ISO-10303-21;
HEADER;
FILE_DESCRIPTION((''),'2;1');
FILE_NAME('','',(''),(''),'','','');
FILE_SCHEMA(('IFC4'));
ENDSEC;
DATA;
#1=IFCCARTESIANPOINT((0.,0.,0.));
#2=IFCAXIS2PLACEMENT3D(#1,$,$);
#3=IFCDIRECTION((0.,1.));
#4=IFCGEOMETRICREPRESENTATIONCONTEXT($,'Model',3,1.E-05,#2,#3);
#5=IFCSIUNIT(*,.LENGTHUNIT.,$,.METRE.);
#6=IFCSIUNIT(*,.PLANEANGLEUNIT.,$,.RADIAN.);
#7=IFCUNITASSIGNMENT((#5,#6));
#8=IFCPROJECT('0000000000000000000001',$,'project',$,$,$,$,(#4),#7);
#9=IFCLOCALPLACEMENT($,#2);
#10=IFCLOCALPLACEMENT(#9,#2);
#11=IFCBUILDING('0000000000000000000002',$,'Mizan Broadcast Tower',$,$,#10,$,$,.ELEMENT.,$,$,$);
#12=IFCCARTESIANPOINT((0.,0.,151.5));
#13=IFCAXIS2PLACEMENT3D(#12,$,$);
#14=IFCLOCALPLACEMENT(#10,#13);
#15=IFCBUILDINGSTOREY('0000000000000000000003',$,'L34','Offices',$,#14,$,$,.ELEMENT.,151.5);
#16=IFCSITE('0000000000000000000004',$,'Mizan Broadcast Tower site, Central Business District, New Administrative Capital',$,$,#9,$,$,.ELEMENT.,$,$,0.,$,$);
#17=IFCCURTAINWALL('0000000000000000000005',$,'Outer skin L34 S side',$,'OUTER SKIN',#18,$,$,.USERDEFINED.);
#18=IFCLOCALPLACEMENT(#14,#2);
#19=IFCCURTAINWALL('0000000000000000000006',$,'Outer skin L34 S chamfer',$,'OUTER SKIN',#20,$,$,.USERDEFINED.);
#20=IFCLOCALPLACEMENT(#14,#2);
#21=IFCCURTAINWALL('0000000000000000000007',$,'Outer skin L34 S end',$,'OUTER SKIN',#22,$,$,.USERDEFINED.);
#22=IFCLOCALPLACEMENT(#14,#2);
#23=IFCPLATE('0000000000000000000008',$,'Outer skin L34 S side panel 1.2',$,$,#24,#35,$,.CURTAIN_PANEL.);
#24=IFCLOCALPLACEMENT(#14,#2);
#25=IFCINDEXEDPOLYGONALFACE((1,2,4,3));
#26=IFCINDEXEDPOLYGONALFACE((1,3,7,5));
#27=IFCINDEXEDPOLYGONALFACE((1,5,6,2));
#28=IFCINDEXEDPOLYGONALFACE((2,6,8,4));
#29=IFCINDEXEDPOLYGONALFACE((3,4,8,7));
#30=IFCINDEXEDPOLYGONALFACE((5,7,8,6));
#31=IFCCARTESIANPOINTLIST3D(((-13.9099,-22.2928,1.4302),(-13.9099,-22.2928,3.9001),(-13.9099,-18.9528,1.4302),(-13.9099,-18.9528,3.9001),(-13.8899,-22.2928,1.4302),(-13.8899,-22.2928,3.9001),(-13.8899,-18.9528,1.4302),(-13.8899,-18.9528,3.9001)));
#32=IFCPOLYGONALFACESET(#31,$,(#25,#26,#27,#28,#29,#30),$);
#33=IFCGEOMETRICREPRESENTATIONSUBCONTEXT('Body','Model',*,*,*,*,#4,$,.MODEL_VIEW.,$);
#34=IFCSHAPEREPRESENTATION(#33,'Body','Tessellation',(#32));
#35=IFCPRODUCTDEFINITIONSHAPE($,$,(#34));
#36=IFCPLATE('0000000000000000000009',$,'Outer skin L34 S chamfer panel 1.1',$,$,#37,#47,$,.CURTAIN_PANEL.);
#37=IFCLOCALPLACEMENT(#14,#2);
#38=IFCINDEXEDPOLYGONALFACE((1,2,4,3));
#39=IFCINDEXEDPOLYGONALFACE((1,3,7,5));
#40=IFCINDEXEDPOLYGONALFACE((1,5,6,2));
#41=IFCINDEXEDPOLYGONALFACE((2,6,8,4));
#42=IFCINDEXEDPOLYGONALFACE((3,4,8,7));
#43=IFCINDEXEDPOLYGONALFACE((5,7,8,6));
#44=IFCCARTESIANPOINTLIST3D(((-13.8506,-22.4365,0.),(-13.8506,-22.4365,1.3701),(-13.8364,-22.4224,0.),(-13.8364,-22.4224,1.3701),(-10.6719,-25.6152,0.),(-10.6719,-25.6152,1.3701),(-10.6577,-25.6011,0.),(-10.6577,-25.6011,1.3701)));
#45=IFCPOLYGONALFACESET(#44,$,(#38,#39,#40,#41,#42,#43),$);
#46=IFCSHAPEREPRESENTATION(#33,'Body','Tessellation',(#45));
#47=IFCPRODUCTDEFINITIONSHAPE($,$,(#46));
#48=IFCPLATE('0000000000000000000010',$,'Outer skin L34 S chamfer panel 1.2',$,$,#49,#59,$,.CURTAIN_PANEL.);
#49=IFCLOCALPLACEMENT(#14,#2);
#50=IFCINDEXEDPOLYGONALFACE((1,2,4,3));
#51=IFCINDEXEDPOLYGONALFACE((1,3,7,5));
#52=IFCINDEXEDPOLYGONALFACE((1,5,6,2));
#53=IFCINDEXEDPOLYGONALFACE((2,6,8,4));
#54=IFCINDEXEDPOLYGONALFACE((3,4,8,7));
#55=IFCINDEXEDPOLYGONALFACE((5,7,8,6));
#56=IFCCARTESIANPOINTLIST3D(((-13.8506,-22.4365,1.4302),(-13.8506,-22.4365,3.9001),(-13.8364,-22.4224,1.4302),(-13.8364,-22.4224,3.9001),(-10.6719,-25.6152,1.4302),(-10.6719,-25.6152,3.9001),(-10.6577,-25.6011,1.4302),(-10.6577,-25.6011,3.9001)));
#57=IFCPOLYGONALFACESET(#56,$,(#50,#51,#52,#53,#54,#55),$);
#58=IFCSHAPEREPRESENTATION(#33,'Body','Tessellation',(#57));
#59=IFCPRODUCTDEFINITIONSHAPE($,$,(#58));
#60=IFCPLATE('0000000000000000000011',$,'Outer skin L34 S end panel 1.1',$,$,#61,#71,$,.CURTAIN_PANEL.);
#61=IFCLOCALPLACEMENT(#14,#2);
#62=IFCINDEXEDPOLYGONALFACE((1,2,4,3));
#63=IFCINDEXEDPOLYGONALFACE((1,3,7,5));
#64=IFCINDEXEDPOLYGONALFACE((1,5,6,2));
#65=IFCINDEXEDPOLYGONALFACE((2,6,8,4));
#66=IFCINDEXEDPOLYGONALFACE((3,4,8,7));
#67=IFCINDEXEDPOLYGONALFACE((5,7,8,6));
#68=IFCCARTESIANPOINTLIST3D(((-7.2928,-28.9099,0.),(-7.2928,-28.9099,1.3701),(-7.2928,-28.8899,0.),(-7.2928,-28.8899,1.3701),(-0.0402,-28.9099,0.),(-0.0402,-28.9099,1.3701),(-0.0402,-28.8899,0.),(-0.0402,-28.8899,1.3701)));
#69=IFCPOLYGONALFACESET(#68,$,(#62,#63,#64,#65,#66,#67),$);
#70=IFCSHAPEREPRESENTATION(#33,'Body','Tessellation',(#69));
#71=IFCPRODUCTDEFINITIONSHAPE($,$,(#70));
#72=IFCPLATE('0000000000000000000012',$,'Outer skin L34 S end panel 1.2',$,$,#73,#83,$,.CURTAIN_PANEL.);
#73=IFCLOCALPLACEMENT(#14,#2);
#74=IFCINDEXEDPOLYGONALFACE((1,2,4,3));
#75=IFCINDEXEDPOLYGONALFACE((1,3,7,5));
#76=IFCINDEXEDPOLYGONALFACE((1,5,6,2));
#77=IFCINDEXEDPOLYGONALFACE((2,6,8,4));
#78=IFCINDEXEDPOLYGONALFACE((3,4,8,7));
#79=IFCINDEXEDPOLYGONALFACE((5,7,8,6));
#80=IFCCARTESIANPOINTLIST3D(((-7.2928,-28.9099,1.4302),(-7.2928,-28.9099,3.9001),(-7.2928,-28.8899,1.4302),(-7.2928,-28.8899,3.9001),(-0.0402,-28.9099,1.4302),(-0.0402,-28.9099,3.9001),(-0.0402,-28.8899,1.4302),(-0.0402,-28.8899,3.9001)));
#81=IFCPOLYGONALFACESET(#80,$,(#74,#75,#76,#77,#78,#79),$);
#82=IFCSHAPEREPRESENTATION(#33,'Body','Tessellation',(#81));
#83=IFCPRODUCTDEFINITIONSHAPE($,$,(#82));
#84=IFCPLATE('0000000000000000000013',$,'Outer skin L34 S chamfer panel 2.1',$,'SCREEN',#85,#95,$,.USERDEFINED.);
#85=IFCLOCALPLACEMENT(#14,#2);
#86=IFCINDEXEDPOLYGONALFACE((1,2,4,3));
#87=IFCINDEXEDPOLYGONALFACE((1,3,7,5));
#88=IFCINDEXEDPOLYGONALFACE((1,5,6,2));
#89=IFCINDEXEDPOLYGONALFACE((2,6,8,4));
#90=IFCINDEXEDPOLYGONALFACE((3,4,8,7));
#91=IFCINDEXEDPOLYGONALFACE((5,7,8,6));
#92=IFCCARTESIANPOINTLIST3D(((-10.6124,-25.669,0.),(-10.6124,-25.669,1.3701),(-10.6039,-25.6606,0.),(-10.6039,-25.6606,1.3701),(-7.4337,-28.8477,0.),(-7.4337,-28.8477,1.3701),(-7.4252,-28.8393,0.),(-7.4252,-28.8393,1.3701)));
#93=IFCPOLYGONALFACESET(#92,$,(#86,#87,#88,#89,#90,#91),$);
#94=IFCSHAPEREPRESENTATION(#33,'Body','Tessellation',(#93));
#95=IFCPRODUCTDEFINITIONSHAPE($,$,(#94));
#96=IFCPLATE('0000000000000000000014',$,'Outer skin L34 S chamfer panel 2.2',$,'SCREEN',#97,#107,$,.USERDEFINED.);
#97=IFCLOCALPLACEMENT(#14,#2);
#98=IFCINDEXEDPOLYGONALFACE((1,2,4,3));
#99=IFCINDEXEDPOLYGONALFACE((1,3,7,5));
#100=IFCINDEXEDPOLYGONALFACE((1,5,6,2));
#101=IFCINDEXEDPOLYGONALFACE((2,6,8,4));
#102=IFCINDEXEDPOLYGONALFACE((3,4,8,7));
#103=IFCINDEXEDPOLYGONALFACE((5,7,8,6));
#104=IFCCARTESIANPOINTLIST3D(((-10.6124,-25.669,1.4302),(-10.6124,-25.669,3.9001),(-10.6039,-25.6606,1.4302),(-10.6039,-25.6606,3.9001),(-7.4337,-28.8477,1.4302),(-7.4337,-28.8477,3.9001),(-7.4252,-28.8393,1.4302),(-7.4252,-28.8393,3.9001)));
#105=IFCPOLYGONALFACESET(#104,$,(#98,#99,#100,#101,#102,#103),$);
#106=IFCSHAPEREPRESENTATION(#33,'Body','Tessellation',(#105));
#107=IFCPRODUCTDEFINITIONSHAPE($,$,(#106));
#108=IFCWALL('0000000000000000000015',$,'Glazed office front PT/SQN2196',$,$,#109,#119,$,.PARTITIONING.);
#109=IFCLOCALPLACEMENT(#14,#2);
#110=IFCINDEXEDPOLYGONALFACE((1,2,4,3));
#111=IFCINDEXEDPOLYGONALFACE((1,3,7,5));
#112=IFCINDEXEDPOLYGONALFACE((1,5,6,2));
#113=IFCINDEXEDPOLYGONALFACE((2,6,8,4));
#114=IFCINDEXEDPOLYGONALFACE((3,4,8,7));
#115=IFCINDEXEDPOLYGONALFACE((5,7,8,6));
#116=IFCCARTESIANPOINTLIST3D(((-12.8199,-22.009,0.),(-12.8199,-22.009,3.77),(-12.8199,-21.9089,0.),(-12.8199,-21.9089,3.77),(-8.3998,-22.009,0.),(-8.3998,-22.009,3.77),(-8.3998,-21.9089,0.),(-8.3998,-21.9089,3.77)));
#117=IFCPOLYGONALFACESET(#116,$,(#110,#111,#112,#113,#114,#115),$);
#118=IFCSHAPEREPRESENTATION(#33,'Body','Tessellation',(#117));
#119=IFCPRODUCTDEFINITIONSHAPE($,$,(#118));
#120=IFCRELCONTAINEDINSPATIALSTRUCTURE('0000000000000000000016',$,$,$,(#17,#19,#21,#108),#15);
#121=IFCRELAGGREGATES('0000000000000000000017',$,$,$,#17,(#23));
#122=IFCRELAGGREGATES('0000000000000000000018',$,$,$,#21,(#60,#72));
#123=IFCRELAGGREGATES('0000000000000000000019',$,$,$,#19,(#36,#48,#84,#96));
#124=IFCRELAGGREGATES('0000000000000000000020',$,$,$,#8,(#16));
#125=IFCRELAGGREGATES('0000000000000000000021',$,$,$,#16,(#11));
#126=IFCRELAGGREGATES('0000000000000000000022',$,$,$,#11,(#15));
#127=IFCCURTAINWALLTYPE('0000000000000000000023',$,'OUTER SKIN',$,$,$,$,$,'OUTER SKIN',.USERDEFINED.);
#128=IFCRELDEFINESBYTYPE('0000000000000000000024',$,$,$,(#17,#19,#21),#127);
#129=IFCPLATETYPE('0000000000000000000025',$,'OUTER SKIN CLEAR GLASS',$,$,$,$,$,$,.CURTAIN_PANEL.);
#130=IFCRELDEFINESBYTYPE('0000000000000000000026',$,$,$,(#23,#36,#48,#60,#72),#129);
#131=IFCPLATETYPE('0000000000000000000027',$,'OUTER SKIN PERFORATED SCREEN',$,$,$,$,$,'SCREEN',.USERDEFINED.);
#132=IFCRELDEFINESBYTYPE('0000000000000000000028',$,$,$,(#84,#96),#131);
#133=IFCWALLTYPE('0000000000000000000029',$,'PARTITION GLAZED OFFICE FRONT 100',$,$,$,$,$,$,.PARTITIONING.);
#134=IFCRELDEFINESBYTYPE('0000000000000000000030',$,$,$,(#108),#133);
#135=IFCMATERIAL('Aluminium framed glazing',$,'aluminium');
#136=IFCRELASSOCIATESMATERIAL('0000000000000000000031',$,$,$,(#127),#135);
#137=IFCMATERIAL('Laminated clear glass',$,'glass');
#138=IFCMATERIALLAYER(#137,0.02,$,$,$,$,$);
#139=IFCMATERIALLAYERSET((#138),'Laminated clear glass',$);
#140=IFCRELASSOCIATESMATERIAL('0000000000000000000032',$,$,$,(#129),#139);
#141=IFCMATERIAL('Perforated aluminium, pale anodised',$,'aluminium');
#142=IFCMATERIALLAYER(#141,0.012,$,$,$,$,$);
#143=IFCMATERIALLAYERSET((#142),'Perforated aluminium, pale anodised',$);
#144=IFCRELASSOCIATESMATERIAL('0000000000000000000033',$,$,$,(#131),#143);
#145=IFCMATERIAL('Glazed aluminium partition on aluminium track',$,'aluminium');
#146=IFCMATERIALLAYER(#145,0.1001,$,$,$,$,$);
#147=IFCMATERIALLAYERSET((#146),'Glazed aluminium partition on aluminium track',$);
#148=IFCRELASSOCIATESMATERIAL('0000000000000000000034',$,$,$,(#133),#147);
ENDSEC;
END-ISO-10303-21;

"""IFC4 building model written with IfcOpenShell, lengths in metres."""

from ifc_helpers import new_model, si_unit, direction, frame, frame_2d, origin, origin_2d, place, context, subcontext, project, spatial, rectangle, extrude, material, layer, layer_set, type_object, element, aggregate, save


model = new_model("IFC4")

# Units and contexts
model_context = context("Model", 3, precision=1e-05, world=origin(), true_north=direction((0.0, 1.0)))
body_context = subcontext(model_context, "Body", "Model", "MODEL_VIEW")
ifc_project = project(units=[si_unit("LENGTHUNIT", "METRE"), si_unit("PLANEANGLEUNIT", "RADIAN")], contexts=[model_context])

# Site, building, storey
site_placement = place(None, origin())
site = spatial("IfcSite", under=ifc_project, at=site_placement, Name="Mizan Broadcast Tower site, Central Business District, New Administrative Capital", CompositionType="ELEMENT", RefElevation=0.0)
building_placement = place(site_placement, origin())
building = spatial("IfcBuilding", under=site, at=building_placement, Name="Mizan Broadcast Tower", CompositionType="ELEMENT")
storey_placement = place(building_placement, frame((0.0, 0.0, 151.5)))
storey = spatial("IfcBuildingStorey", under=building, at=storey_placement, Name="L34", Description="Offices", CompositionType="ELEMENT", Elevation=151.5)

# Curtain wall
ifc_material_1 = material(Name="Aluminium framed glazing", Category="aluminium")
curtain_wall_type_1 = type_object("IfcCurtainWallType", Name="OUTER SKIN", ElementType="OUTER SKIN", PredefinedType="USERDEFINED", material=ifc_material_1)
curtain_wall_1_placement = place(storey_placement, origin())
curtain_wall_1 = element("IfcCurtainWall", 1, at=curtain_wall_1_placement, inside=storey, type_object=curtain_wall_type_1, Name="Outer skin L34 S side", ObjectType="OUTER SKIN", PredefinedType="USERDEFINED")

# Curtain wall
curtain_wall_2_placement = place(storey_placement, origin())
curtain_wall_2 = element("IfcCurtainWall", 2, at=curtain_wall_2_placement, inside=storey, type_object=curtain_wall_type_1, Name="Outer skin L34 S chamfer", ObjectType="OUTER SKIN", PredefinedType="USERDEFINED")

# Curtain wall
curtain_wall_3_placement = place(storey_placement, origin())
curtain_wall_3 = element("IfcCurtainWall", 3, at=curtain_wall_3_placement, inside=storey, type_object=curtain_wall_type_1, Name="Outer skin L34 S end", ObjectType="OUTER SKIN", PredefinedType="USERDEFINED")

# Plates
ifc_material_2 = material(Name="Laminated clear glass", Category="glass")
ifc_layer_1 = layer(ifc_material_2, 0.02)
ifc_layer_set_1 = layer_set([ifc_layer_1], Name="Laminated clear glass")
plate_type_1 = type_object("IfcPlateType", Name="OUTER SKIN CLEAR GLASS", PredefinedType="CURTAIN_PANEL", material=ifc_layer_set_1)
plate_1_placement = place(storey_placement, frame((-13.8999, -20.6228, 1.4302), z_axis=(0.0, 0.0, 1.0), x_axis=(0.0, -1.0, 0.0)))
plate_1 = element("IfcPlate", 4, at=plate_1_placement, type_object=plate_type_1, Name="Outer skin L34 S side panel 1.2", PredefinedType="CURTAIN_PANEL", context=body_context, shape_type="SweptSolid", body=[
    extrude(rectangle(XDim=3.3401, YDim=0.02, at=origin_2d()), origin(), (0.0, 0.0, 1.0), 2.47),
])
aggregate(curtain_wall_1, [plate_1])
plate_2_placement = place(storey_placement, frame((-12.2542, -24.0188, 0.0), z_axis=(0.0, 0.0, 1.0), x_axis=(0.707107, -0.707107, 0.0)))
plate_2 = element("IfcPlate", 5, at=plate_2_placement, type_object=plate_type_1, Name="Outer skin L34 S chamfer panel 1.1", PredefinedType="CURTAIN_PANEL", context=body_context, shape_type="SweptSolid", body=[
    extrude(rectangle(XDim=4.4954, YDim=0.02, at=origin_2d()), origin(), (0.0, 0.0, 1.0), 1.3701),
])
plate_3_placement = place(storey_placement, frame((-12.2542, -24.0188, 1.4302), z_axis=(0.0, 0.0, 1.0), x_axis=(0.707107, -0.707107, 0.0)))
plate_3 = element("IfcPlate", 6, at=plate_3_placement, type_object=plate_type_1, Name="Outer skin L34 S chamfer panel 1.2", PredefinedType="CURTAIN_PANEL", context=body_context, shape_type="SweptSolid", body=[
    extrude(rectangle(XDim=4.4954, YDim=0.02, at=origin_2d()), origin(), (0.0, 0.0, 1.0), 2.47),
])
plate_4_placement = place(storey_placement, frame((-3.6665, -28.8999, 0.0), z_axis=(0.0, 0.0, 1.0), x_axis=(1.0, 0.0, 0.0)))
plate_4 = element("IfcPlate", 7, at=plate_4_placement, type_object=plate_type_1, Name="Outer skin L34 S end panel 1.1", PredefinedType="CURTAIN_PANEL", context=body_context, shape_type="SweptSolid", body=[
    extrude(rectangle(XDim=7.2527, YDim=0.02, at=origin_2d()), origin(), (0.0, 0.0, 1.0), 1.3701),
])
plate_5_placement = place(storey_placement, frame((-3.6665, -28.8999, 1.4302), z_axis=(0.0, 0.0, 1.0), x_axis=(1.0, 0.0, 0.0)))
plate_5 = element("IfcPlate", 8, at=plate_5_placement, type_object=plate_type_1, Name="Outer skin L34 S end panel 1.2", PredefinedType="CURTAIN_PANEL", context=body_context, shape_type="SweptSolid", body=[
    extrude(rectangle(XDim=7.2527, YDim=0.02, at=origin_2d()), origin(), (0.0, 0.0, 1.0), 2.47),
])
aggregate(curtain_wall_3, [plate_4, plate_5])
ifc_material_3 = material(Name="Perforated aluminium, pale anodised", Category="aluminium")
ifc_layer_2 = layer(ifc_material_3, 0.012)
ifc_layer_set_2 = layer_set([ifc_layer_2], Name="Perforated aluminium, pale anodised")
plate_type_2 = type_object("IfcPlateType", Name="OUTER SKIN PERFORATED SCREEN", ElementType="SCREEN", PredefinedType="USERDEFINED", material=ifc_layer_set_2)
plate_6_placement = place(storey_placement, frame((-9.0188, -27.2542, 0.0), z_axis=(0.0, 0.0, 1.0), x_axis=(0.707107, -0.707107, 0.0)))
plate_6 = element("IfcPlate", 9, at=plate_6_placement, type_object=plate_type_2, Name="Outer skin L34 S chamfer panel 2.1", ObjectType="SCREEN", PredefinedType="USERDEFINED", context=body_context, shape_type="SweptSolid", body=[
    extrude(rectangle(XDim=4.4954, YDim=0.012, at=origin_2d()), origin(), (0.0, 0.0, 1.0), 1.3701),
])
plate_7_placement = place(storey_placement, frame((-9.0188, -27.2542, 1.4302), z_axis=(0.0, 0.0, 1.0), x_axis=(0.707107, -0.707107, 0.0)))
plate_7 = element("IfcPlate", 10, at=plate_7_placement, type_object=plate_type_2, Name="Outer skin L34 S chamfer panel 2.2", ObjectType="SCREEN", PredefinedType="USERDEFINED", context=body_context, shape_type="SweptSolid", body=[
    extrude(rectangle(XDim=4.4954, YDim=0.012, at=origin_2d()), origin(), (0.0, 0.0, 1.0), 2.47),
])
aggregate(curtain_wall_2, [plate_2, plate_3, plate_6, plate_7])

# Wall
ifc_material_4 = material(Name="Glazed aluminium partition on aluminium track", Category="aluminium")
ifc_layer_3 = layer(ifc_material_4, 0.1001)
ifc_layer_set_3 = layer_set([ifc_layer_3], Name="Glazed aluminium partition on aluminium track")
wall_type = type_object("IfcWallType", Name="PARTITION GLAZED OFFICE FRONT 100", PredefinedType="PARTITIONING", material=ifc_layer_set_3)
wall_placement = place(storey_placement, frame((-8.3999, -21.959, 0.0), z_axis=(0.0, 0.0, 1.0), x_axis=(-1.0, 0.0, 0.0)))
element("IfcWall", 11, at=wall_placement, inside=storey, type_object=wall_type, Name="Glazed office front PT/SQN2196", PredefinedType="PARTITIONING", context=body_context, shape_type="SweptSolid", body=[
    extrude(rectangle(XDim=4.4202, YDim=0.1001, at=frame_2d((2.21, 0.0))), origin(), (0.0, 0.0, 1.0), 3.77),
])

save(model, "model.ifc")
